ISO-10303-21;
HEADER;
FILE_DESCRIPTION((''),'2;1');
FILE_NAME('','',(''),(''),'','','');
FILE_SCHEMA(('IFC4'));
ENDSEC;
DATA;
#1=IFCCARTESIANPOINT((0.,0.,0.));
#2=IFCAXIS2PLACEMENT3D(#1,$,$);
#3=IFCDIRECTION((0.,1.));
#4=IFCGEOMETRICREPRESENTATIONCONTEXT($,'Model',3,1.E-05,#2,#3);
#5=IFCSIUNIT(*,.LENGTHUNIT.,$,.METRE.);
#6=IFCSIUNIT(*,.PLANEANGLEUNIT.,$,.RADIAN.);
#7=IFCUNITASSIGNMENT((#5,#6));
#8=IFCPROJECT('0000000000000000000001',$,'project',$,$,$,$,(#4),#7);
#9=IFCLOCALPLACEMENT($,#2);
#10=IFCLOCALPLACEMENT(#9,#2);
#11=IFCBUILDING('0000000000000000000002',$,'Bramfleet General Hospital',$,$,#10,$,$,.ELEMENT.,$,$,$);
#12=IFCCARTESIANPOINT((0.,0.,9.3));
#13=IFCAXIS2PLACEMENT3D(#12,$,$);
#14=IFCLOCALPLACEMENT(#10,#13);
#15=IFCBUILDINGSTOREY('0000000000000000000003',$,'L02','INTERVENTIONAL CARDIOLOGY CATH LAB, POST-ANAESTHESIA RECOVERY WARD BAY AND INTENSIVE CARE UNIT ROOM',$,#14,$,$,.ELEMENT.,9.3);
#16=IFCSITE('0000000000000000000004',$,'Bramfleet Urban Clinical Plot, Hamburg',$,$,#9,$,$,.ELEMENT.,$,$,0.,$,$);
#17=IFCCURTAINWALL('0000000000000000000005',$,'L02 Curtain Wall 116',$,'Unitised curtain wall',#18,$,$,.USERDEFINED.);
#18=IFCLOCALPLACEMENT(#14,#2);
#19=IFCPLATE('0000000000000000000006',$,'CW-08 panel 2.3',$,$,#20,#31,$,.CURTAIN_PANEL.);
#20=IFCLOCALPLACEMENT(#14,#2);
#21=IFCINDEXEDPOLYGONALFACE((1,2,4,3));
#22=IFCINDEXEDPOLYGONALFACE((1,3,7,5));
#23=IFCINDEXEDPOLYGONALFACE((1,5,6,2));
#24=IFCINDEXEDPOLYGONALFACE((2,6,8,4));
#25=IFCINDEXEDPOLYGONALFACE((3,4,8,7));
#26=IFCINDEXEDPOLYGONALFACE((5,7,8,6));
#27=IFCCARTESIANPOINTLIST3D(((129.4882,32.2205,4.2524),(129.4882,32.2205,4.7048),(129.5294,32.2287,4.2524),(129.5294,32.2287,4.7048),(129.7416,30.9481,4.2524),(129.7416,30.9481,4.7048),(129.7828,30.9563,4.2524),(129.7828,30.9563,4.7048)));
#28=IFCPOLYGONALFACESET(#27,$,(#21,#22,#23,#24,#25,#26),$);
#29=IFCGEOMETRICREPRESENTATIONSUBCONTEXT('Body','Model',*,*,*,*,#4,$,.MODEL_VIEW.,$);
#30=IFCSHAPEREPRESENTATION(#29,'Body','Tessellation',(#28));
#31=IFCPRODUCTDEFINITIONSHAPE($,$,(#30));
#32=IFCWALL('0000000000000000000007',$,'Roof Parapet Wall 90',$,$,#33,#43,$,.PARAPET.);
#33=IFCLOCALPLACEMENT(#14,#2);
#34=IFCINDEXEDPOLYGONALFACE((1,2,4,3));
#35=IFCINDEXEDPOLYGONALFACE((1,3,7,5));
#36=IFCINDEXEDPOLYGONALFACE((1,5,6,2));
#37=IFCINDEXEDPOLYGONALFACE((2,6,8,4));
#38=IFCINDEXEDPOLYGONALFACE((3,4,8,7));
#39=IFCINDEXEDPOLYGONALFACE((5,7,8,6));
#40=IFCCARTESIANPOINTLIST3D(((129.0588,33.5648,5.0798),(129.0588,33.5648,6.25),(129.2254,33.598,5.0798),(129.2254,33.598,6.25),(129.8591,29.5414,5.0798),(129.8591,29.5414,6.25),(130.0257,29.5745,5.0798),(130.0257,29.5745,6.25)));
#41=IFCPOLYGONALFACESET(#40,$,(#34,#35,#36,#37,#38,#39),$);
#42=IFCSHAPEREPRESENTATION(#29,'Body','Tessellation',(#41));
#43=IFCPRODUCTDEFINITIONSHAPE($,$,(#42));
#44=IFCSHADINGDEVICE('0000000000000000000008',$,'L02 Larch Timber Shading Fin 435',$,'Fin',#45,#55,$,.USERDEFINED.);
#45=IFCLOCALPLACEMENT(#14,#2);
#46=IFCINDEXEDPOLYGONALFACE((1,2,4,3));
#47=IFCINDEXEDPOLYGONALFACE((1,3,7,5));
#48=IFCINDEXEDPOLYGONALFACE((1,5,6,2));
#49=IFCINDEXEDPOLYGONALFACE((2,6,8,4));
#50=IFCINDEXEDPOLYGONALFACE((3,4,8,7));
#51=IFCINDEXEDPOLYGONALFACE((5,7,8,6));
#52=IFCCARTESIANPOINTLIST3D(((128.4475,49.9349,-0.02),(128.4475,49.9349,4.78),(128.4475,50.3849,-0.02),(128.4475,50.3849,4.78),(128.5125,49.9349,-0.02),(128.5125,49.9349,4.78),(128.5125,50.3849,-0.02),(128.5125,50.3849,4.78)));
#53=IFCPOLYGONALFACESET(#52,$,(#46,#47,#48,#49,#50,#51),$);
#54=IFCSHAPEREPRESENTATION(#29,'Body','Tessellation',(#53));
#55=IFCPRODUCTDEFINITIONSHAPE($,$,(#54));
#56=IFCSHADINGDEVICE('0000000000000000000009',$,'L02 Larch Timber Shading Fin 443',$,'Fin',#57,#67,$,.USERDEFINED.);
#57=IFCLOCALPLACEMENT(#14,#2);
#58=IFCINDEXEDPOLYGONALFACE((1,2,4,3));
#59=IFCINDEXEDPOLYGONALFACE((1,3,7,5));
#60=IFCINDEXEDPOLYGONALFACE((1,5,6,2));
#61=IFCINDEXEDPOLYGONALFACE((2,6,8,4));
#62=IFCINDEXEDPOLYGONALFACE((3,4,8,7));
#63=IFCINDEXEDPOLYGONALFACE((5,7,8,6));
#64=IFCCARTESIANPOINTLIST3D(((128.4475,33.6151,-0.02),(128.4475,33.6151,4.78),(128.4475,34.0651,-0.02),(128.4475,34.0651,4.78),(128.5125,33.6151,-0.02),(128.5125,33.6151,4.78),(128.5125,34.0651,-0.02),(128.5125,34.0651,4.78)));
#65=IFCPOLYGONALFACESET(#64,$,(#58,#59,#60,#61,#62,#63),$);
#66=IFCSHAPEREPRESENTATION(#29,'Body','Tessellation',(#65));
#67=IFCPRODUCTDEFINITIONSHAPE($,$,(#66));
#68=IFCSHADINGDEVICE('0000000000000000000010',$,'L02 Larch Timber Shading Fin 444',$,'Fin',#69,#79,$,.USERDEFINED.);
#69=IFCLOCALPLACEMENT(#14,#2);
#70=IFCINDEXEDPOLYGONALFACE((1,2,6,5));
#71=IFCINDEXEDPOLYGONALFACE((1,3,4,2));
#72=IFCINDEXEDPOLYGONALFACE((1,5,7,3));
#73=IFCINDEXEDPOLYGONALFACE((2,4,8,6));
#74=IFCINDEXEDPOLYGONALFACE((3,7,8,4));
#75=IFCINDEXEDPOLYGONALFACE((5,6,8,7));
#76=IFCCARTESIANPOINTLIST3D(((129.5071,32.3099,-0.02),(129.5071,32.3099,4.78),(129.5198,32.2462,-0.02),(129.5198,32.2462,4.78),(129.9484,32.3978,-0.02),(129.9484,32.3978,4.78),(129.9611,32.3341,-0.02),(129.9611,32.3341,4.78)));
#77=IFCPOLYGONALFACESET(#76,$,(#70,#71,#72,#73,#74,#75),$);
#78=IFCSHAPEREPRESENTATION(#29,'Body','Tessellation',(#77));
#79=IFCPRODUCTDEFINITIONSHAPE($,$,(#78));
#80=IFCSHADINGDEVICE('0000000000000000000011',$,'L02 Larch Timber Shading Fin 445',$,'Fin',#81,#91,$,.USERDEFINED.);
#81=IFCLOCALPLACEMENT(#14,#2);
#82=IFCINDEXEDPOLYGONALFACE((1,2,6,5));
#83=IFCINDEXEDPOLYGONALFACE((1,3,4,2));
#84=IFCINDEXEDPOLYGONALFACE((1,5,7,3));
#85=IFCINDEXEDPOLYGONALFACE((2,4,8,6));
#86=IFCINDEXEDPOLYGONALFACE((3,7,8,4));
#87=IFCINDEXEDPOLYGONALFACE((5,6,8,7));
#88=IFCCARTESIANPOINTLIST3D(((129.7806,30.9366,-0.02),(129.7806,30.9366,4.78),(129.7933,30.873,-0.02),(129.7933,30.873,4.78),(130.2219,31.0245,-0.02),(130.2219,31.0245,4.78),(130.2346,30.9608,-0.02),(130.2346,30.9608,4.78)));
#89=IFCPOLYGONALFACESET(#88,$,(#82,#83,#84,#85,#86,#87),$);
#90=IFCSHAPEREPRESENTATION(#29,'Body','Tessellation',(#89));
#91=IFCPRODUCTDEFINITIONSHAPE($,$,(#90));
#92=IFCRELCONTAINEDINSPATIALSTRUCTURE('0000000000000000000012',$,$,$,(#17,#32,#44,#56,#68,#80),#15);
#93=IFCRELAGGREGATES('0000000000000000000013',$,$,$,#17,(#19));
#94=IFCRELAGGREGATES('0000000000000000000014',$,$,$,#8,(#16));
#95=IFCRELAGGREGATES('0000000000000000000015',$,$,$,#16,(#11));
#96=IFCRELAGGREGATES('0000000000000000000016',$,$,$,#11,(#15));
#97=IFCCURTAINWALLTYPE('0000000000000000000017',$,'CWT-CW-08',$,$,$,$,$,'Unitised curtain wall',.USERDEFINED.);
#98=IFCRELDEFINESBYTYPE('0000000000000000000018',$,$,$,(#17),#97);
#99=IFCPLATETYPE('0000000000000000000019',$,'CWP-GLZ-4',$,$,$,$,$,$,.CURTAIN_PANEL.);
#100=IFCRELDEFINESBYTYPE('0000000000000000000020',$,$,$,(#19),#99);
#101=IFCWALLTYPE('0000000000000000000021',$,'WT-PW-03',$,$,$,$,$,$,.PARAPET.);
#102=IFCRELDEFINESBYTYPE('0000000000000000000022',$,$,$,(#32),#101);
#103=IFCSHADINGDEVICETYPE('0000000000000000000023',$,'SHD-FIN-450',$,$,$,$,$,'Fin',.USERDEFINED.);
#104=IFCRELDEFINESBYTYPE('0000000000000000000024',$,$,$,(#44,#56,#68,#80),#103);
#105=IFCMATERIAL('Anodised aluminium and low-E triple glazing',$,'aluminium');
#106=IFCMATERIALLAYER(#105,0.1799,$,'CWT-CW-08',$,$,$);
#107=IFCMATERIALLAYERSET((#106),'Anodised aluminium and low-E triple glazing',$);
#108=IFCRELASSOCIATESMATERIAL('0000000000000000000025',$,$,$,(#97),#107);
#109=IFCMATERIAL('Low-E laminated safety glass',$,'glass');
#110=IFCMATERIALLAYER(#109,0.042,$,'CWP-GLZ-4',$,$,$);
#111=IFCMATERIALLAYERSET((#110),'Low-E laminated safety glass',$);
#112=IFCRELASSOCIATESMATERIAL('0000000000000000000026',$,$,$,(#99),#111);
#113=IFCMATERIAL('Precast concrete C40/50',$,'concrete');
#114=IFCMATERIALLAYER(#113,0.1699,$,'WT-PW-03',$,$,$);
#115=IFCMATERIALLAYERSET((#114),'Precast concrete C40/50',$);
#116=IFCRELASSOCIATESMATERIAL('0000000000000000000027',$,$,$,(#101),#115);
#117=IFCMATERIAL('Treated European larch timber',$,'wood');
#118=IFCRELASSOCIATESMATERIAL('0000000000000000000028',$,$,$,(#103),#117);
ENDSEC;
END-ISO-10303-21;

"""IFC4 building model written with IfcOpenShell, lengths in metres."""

from ifc_helpers import new_model, si_unit, direction, frame, frame_2d, origin, origin_2d, place, context, subcontext, project, spatial, rectangle, extrude, material, layer, layer_set, material_profile, profile_set, type_object, element, aggregate, save


model = new_model("IFC4")

# Units and contexts
model_context = context("Model", 3, precision=1e-05, world=origin(), true_north=direction((0.0, 1.0)))
body_context = subcontext(model_context, "Body", "Model", "MODEL_VIEW")
ifc_project = project(units=[si_unit("LENGTHUNIT", "METRE"), si_unit("PLANEANGLEUNIT", "RADIAN")], contexts=[model_context])

# Site, building, storey
site_placement = place(None, origin())
site = spatial("IfcSite", under=ifc_project, at=site_placement, Name="Bramfleet Urban Clinical Plot, Hamburg", CompositionType="ELEMENT", RefElevation=0.0)
building_placement = place(site_placement, origin())
building = spatial("IfcBuilding", under=site, at=building_placement, Name="Bramfleet General Hospital", CompositionType="ELEMENT")
storey_placement = place(building_placement, frame((0.0, 0.0, 9.3)))
storey = spatial("IfcBuildingStorey", under=building, at=storey_placement, Name="L02", Description="INTERVENTIONAL CARDIOLOGY CATH LAB, POST-ANAESTHESIA RECOVERY WARD BAY AND INTENSIVE CARE UNIT ROOM", CompositionType="ELEMENT", Elevation=9.3)

# Shared definitions
ifc_material_1 = material(Name="Anodised aluminium and low-E triple glazing", Category="aluminium")

# Curtain wall
ifc_layer_1 = layer(ifc_material_1, 0.1799, Name="CWT-CW-08")
ifc_layer_set_1 = layer_set([ifc_layer_1], Name="Anodised aluminium and low-E triple glazing")
curtain_wall_type_1 = type_object("IfcCurtainWallType", Name="CWT-CW-08", ElementType="Unitised curtain wall", PredefinedType="USERDEFINED", material=ifc_layer_set_1)
curtain_wall_1_placement = place(storey_placement, origin())
curtain_wall_1 = element("IfcCurtainWall", 1, at=curtain_wall_1_placement, inside=storey, type_object=curtain_wall_type_1, Name="L02 Curtain Wall 116", ObjectType="Unitised curtain wall", PredefinedType="USERDEFINED")

# Plate
ifc_material_2 = material(Name="Low-E laminated safety glass", Category="glass")
ifc_layer_2 = layer(ifc_material_2, 0.042, Name="CWP-GLZ-4")
ifc_layer_set_2 = layer_set([ifc_layer_2], Name="Low-E laminated safety glass")
plate_type_1 = type_object("IfcPlateType", Name="CWP-GLZ-4", PredefinedType="CURTAIN_PANEL", material=ifc_layer_set_2)
plate_1_placement = place(storey_placement, frame((129.6355, 31.5884, 4.2524), z_axis=(0.0, 0.0, 1.0), x_axis=(0.195272, -0.980749, 0.0)))
plate_1 = element("IfcPlate", 2, at=plate_1_placement, type_object=plate_type_1, Name="CW-08 panel 2.3", PredefinedType="CURTAIN_PANEL", context=body_context, shape_type="SweptSolid", body=[
    extrude(rectangle(XDim=1.2974, YDim=0.042, at=origin_2d()), origin(), (0.0, 0.0, 1.0), 0.4524),
])
aggregate(curtain_wall_1, [plate_1])

# Wall
ifc_material_3 = material(Name="Precast concrete C40/50", Category="concrete")
ifc_layer_3 = layer(ifc_material_3, 0.1699, Name="WT-PW-03")
ifc_layer_set_3 = layer_set([ifc_layer_3], Name="Precast concrete C40/50")
wall_type = type_object("IfcWallType", Name="WT-PW-03", PredefinedType="PARAPET", material=ifc_layer_set_3)
wall_placement = place(storey_placement, frame((129.1421, 33.5815, 5.0798), z_axis=(0.0, 0.0, 1.0), x_axis=(0.195086, -0.980786, 0.0)))
element("IfcWall", 3, at=wall_placement, inside=storey, type_object=wall_type, Name="Roof Parapet Wall 90", PredefinedType="PARAPET", context=body_context, shape_type="SweptSolid", body=[
    extrude(rectangle(XDim=4.1023, YDim=0.1699, at=frame_2d((2.0513, 0.0))), origin(), (0.0, 0.0, 1.0), 1.1702),
])

# Shading devices
ifc_material_4 = material(Name="Treated European larch timber", Category="wood")
ifc_material_profile_1 = material_profile(ifc_material_4, rectangle(XDim=0.0649, YDim=0.45, at=origin_2d()), Name="LARCH FIN 450x65")
ifc_profile_set_1 = profile_set([ifc_material_profile_1], Name="Treated European larch timber")
shading_device_type = type_object("IfcShadingDeviceType", Name="SHD-FIN-450", ElementType="Fin", PredefinedType="USERDEFINED", material=ifc_profile_set_1)
for number, where, z_axis, x_axis, name in (
    (4, (128.48, 50.1599, -0.02), (0.0, 0.0, 1.0), (-1.0, 0.0, 0.0), "L02 Larch Timber Shading Fin 435"),
    (5, (128.48, 33.8401, -0.02), (0.0, 0.0, 1.0), (1.0, 0.0, 0.0), "L02 Larch Timber Shading Fin 443"),
    (6, (129.7341, 32.322, -0.02), (0.0, 0.0, 1.0), (0.195272, -0.980749, 0.0), "L02 Larch Timber Shading Fin 444"),
    (7, (130.0076, 30.9487, -0.02), (0.0, 0.0, 1.0), (0.195272, -0.980749, 0.0), "L02 Larch Timber Shading Fin 445"),
):
    element("IfcShadingDevice", number, at=place(storey_placement, frame(where, z_axis=z_axis, x_axis=x_axis)), inside=storey, type_object=shading_device_type, Name=name, ObjectType="Fin", PredefinedType="USERDEFINED", context=body_context, shape_type="SweptSolid", body=[
        extrude(rectangle(XDim=0.0649, YDim=0.45, at=origin_2d()), origin(), (0.0, 0.0, 1.0), 4.8),
    ])

save(model, "model.ifc")
